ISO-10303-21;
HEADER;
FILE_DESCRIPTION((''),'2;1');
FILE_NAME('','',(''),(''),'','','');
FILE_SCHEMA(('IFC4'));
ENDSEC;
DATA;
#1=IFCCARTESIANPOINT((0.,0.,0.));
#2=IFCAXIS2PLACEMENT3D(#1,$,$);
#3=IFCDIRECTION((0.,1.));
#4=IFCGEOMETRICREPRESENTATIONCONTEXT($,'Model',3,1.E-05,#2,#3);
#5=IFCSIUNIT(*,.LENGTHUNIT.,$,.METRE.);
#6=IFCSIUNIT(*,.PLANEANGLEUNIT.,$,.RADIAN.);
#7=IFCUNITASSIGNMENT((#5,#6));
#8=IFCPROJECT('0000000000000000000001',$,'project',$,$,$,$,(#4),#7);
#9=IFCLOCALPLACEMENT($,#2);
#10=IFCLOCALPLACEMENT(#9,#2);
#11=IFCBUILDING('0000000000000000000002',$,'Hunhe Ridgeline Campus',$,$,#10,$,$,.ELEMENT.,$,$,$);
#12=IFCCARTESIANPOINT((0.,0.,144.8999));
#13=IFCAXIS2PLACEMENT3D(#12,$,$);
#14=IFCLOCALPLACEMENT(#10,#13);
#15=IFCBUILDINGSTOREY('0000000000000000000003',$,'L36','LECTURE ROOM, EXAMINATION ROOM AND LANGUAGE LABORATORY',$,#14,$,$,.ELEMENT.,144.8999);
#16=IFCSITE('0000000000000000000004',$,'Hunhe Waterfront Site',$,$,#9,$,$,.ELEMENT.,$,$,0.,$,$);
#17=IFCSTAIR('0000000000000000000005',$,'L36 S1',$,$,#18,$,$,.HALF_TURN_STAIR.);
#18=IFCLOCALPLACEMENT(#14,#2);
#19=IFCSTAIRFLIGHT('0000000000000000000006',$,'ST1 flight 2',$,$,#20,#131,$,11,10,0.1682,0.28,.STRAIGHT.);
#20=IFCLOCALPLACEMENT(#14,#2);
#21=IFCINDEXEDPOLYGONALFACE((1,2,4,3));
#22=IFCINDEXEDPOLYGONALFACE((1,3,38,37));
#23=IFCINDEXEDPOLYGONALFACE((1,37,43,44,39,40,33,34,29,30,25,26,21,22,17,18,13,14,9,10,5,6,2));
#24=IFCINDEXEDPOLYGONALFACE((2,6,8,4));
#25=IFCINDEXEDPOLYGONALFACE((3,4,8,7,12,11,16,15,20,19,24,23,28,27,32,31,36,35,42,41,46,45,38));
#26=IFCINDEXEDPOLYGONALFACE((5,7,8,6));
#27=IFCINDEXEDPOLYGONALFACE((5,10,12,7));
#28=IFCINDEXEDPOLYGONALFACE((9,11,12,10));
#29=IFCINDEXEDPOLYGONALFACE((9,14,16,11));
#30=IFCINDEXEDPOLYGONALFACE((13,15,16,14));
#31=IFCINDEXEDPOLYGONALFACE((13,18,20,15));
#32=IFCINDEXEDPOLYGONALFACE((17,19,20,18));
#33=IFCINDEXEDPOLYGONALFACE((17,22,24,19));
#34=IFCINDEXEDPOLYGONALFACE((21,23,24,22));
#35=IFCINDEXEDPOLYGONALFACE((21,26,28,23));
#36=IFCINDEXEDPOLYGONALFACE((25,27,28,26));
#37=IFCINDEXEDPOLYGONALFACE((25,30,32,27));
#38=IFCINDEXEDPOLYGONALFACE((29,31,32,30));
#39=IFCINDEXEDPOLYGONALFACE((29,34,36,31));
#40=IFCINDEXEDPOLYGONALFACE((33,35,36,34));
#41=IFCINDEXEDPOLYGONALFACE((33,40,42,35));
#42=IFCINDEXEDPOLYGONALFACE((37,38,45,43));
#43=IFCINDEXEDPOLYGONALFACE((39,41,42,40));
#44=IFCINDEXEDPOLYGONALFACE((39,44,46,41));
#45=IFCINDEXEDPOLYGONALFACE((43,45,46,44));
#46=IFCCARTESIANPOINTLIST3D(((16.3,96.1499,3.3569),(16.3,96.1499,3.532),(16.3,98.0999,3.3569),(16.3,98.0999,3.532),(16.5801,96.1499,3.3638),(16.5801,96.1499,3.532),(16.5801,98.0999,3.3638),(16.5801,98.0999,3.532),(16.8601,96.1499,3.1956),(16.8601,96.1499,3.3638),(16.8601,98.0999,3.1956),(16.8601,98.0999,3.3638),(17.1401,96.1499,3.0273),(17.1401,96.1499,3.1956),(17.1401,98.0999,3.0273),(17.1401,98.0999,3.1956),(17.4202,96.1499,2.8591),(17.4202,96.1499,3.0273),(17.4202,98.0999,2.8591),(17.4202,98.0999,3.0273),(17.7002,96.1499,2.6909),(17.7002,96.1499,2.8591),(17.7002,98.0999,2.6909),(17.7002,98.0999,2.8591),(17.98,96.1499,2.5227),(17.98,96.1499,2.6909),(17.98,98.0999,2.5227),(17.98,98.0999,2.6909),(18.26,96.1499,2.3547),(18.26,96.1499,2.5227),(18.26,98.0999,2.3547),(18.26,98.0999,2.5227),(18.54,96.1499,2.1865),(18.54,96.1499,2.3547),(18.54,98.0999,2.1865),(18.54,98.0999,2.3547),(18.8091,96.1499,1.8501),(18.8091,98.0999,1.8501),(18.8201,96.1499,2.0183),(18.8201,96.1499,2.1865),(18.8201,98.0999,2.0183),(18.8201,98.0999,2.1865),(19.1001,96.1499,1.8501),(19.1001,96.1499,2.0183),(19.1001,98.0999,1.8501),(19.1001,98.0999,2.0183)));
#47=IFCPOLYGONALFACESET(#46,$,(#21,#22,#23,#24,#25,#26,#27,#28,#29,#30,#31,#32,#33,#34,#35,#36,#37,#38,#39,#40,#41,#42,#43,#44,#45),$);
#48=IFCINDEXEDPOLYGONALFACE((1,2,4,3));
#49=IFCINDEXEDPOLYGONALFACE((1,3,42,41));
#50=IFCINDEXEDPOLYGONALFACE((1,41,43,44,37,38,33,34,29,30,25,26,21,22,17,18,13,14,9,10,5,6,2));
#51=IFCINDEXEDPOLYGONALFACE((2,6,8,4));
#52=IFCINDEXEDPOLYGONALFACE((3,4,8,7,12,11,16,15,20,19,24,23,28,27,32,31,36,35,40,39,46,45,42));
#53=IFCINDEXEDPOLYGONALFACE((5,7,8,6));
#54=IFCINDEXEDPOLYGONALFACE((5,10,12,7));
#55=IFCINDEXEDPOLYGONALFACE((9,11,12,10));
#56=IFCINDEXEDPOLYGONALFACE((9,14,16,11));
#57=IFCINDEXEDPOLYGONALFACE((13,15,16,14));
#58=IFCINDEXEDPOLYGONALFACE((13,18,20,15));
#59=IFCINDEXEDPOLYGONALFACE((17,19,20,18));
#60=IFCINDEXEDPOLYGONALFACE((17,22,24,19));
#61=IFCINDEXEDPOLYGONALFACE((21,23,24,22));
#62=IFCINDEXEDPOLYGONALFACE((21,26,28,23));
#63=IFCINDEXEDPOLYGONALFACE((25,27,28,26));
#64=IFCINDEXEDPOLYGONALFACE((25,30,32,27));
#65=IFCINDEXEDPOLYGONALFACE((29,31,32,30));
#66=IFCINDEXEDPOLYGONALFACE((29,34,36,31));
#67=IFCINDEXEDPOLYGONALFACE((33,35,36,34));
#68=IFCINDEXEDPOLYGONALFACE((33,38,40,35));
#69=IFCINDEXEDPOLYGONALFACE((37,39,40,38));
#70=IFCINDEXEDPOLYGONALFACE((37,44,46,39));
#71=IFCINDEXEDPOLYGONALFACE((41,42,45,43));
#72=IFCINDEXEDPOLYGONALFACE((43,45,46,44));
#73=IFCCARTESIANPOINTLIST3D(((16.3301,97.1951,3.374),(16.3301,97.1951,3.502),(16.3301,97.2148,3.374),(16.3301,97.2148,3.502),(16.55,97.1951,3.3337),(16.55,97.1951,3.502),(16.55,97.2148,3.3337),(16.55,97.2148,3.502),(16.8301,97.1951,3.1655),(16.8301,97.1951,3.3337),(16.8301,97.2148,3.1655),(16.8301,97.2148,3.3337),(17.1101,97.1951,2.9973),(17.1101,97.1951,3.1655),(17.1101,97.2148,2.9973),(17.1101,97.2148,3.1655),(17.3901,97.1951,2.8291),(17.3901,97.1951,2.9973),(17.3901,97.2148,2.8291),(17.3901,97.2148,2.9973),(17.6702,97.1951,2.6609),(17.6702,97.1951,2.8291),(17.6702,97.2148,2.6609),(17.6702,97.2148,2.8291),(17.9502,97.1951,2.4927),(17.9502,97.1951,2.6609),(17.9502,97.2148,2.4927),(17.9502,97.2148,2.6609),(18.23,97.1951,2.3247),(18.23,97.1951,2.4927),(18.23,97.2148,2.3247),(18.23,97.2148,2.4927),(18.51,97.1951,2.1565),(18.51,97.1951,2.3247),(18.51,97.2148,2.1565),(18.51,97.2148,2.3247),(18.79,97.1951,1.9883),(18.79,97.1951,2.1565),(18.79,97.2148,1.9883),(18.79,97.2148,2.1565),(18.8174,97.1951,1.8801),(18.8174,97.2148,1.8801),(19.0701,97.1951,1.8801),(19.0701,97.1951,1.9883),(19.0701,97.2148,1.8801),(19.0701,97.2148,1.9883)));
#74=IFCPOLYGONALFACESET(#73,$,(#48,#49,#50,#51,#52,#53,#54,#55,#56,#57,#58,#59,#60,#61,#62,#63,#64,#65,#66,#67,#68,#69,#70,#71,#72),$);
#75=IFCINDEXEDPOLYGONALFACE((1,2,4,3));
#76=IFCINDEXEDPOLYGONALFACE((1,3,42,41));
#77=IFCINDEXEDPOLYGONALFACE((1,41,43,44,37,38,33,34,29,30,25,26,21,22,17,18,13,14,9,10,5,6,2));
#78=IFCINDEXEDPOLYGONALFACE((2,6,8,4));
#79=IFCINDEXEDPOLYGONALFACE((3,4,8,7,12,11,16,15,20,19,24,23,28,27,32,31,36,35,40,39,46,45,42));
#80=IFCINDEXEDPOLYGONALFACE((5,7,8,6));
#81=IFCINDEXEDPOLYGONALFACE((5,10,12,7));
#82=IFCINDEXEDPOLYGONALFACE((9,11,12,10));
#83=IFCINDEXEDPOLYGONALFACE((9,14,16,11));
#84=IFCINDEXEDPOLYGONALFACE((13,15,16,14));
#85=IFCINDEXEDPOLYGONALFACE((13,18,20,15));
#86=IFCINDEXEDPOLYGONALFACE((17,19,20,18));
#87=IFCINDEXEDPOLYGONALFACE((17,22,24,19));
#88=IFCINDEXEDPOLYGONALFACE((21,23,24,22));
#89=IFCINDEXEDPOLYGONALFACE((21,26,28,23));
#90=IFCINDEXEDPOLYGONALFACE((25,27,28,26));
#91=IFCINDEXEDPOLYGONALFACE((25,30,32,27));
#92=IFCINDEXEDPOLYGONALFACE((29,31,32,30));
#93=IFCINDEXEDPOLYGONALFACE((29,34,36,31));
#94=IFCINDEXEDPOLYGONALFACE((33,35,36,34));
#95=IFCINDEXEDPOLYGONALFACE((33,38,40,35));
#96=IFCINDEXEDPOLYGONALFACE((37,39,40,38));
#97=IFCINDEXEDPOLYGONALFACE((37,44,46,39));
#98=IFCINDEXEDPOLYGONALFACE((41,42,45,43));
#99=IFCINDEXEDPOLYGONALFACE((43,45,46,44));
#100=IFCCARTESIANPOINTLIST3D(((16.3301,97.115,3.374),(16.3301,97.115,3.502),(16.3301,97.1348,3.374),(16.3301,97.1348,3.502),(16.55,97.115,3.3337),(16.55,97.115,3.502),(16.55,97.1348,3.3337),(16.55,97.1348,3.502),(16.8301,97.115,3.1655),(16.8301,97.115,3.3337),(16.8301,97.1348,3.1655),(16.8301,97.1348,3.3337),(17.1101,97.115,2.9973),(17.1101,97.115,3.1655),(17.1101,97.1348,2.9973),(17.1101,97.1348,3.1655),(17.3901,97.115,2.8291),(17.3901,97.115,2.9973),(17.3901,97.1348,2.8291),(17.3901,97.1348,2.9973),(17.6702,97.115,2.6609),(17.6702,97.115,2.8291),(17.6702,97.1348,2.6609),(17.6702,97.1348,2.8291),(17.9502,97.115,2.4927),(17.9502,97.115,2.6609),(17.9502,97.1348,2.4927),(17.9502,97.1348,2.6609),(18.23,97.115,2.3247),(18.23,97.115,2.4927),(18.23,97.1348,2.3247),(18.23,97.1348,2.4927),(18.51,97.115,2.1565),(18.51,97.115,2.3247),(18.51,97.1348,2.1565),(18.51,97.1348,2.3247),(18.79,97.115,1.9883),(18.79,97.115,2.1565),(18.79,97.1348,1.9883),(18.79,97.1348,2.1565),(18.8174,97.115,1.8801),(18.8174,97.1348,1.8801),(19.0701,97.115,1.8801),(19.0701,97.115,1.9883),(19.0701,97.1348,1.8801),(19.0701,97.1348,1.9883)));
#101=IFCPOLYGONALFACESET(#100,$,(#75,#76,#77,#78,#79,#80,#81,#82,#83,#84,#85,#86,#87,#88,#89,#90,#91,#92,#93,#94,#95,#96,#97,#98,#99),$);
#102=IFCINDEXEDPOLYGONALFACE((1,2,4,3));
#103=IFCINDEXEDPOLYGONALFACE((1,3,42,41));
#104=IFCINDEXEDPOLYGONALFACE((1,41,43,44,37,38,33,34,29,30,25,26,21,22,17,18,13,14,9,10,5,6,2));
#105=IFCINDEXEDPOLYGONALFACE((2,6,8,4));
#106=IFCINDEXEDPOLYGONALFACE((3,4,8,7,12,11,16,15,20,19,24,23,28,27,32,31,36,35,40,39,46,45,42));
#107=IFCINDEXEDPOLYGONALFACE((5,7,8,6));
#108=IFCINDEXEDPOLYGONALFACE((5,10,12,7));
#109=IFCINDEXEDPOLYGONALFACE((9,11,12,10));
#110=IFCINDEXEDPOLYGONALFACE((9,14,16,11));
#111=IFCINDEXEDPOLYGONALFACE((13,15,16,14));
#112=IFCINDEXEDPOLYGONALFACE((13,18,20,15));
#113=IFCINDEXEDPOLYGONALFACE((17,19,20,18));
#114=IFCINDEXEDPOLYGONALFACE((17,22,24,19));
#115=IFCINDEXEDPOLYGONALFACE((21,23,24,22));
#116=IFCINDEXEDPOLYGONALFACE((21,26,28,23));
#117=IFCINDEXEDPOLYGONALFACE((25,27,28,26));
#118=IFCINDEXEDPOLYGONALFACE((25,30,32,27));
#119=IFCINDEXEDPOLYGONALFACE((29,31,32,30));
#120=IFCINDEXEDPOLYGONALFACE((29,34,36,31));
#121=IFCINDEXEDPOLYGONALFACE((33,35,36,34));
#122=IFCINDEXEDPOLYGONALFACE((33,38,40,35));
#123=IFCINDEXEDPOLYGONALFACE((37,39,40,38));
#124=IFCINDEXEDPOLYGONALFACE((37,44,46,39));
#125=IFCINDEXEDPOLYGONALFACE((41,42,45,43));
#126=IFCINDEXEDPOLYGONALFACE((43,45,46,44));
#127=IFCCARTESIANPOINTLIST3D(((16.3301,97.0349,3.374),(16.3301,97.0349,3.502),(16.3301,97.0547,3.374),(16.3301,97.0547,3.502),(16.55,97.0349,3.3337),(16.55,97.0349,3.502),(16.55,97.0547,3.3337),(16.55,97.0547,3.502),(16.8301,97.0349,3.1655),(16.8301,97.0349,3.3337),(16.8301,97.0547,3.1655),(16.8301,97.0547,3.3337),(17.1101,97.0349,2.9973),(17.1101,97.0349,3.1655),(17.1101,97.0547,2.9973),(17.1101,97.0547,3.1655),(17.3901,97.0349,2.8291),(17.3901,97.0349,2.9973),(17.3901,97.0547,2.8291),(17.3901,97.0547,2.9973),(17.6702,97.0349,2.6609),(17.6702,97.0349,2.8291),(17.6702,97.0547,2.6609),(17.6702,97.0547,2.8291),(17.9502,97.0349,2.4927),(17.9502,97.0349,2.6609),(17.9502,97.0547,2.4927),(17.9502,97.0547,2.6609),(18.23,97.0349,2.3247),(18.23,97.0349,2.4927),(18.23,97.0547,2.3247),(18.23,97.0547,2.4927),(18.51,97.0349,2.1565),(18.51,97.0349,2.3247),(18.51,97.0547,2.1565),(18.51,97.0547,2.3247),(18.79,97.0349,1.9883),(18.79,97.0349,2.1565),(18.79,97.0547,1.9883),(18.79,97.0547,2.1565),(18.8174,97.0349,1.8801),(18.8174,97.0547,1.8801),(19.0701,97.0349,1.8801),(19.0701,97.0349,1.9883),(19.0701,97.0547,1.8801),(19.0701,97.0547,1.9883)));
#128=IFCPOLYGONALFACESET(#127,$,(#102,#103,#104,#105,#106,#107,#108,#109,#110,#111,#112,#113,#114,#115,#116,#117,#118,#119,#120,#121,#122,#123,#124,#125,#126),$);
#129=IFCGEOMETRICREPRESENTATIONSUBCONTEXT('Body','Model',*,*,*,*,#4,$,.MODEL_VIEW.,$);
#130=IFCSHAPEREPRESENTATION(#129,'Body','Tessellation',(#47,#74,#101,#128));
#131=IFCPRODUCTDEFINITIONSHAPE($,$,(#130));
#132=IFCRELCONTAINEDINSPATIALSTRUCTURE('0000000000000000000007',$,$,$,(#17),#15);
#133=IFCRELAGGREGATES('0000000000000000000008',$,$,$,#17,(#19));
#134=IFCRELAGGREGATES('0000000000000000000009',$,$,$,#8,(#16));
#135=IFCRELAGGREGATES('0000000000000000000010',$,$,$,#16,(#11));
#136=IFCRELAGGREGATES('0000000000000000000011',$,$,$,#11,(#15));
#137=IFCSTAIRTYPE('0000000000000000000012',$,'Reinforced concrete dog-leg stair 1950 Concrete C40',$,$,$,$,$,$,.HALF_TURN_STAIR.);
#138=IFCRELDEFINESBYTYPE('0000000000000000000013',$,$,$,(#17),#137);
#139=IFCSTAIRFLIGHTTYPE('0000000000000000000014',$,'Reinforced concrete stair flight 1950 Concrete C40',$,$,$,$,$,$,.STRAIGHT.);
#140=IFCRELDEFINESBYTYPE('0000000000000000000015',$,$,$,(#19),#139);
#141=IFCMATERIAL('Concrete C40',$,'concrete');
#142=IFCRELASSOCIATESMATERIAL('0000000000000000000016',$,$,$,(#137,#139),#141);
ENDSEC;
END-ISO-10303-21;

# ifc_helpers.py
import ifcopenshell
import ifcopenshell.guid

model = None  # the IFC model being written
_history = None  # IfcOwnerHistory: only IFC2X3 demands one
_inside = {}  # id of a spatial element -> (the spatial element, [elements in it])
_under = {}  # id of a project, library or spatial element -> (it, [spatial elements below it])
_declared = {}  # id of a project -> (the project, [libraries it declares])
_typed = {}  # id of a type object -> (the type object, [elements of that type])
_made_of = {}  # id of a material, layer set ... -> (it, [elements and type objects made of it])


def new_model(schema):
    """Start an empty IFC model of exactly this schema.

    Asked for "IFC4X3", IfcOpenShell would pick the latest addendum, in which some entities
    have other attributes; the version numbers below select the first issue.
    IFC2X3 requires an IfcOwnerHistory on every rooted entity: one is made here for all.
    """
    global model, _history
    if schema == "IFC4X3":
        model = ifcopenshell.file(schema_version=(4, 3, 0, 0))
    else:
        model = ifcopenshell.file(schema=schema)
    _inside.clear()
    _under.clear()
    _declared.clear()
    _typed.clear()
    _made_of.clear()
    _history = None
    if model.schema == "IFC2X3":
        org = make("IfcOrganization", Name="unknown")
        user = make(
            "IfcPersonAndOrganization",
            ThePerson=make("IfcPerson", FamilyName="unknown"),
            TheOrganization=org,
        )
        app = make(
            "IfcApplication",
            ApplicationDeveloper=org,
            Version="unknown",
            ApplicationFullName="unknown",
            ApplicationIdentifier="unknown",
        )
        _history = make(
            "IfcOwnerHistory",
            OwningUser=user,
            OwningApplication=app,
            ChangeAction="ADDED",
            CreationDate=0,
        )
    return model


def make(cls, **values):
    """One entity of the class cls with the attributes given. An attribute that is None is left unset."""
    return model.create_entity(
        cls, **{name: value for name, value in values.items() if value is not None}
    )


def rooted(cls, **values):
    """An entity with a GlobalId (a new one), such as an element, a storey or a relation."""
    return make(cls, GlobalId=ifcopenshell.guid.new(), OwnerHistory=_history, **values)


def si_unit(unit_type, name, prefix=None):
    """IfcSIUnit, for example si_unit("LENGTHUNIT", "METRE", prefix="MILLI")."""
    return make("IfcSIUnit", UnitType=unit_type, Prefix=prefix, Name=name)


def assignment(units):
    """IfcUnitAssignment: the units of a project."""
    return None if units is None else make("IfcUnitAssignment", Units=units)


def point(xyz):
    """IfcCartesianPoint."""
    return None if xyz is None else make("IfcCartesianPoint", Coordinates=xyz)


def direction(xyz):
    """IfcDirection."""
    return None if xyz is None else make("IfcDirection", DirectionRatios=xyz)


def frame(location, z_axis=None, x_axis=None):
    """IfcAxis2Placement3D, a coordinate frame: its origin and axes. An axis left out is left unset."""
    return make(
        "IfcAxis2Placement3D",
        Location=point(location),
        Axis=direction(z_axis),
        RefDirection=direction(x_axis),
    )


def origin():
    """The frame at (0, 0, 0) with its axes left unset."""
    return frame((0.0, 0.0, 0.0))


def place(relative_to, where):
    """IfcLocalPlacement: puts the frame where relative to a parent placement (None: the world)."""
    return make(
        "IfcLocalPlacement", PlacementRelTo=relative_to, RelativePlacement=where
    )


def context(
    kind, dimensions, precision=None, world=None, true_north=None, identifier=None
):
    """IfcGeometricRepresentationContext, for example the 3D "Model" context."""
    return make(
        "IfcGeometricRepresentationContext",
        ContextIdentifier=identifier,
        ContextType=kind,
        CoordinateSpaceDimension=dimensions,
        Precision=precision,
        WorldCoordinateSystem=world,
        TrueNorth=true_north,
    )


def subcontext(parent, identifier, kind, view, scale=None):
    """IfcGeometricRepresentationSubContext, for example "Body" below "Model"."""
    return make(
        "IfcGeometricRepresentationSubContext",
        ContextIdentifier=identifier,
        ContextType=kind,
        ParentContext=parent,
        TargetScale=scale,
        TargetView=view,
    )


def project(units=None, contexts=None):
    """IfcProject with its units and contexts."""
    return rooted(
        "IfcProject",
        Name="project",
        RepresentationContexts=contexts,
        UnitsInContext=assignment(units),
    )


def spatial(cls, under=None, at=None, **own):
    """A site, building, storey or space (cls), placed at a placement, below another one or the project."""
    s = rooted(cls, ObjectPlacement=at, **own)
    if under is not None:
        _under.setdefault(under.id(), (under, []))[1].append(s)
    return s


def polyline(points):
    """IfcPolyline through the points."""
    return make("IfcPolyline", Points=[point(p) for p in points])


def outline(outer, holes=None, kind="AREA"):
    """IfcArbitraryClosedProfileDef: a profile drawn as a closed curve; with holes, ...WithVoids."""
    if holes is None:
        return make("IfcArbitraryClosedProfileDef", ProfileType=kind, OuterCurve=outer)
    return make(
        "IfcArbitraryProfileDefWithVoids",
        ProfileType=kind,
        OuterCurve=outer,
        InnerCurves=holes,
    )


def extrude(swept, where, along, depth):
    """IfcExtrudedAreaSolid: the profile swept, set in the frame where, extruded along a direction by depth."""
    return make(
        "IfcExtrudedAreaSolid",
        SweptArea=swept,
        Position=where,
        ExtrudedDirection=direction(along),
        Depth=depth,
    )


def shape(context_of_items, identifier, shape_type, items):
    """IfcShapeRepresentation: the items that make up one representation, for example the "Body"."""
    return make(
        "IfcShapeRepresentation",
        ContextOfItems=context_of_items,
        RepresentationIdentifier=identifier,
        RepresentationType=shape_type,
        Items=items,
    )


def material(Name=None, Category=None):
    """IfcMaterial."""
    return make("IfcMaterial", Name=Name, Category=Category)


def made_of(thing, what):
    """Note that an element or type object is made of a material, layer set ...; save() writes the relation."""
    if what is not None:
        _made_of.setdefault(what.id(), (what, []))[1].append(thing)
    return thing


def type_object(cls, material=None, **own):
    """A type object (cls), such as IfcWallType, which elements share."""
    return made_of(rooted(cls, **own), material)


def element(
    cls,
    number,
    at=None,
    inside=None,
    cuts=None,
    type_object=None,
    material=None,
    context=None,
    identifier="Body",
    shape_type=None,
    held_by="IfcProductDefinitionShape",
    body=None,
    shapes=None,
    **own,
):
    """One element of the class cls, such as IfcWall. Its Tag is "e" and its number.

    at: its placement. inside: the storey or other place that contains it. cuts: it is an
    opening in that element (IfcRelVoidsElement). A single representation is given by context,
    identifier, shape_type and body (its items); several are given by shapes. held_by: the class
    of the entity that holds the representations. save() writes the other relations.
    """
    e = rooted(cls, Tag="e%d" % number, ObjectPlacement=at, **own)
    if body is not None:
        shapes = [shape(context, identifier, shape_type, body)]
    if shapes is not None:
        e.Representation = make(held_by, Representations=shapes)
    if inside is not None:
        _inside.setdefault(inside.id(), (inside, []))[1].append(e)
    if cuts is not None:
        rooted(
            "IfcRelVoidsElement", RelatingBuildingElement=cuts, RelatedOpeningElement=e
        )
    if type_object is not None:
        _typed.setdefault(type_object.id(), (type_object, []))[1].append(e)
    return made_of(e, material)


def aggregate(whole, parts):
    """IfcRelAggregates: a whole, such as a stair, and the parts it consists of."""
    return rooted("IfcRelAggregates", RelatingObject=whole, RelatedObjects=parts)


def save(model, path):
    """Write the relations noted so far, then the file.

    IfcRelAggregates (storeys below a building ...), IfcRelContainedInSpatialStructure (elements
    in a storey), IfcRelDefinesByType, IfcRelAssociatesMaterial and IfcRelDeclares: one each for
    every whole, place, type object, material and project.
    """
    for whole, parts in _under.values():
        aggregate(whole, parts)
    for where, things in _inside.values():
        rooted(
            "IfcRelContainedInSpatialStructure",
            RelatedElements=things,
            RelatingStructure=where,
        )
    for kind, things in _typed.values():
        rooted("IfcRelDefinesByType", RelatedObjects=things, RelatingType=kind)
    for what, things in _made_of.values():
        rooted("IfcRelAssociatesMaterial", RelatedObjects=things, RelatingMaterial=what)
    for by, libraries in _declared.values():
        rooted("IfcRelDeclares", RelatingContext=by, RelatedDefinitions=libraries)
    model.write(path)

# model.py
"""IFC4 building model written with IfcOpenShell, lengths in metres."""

from ifc_helpers import new_model, si_unit, direction, frame, origin, place, context, subcontext, project, spatial, polyline, outline, extrude, material, type_object, element, aggregate, save


model = new_model("IFC4")

# Units and contexts
model_context = context("Model", 3, precision=1e-05, world=origin(), true_north=direction((0.0, 1.0)))
body_context = subcontext(model_context, "Body", "Model", "MODEL_VIEW")
ifc_project = project(units=[si_unit("LENGTHUNIT", "METRE"), si_unit("PLANEANGLEUNIT", "RADIAN")], contexts=[model_context])

# Site, building, storey
site_placement = place(None, origin())
site = spatial("IfcSite", under=ifc_project, at=site_placement, Name="Hunhe Waterfront Site", CompositionType="ELEMENT", RefElevation=0.0)
building_placement = place(site_placement, origin())
building = spatial("IfcBuilding", under=site, at=building_placement, Name="Hunhe Ridgeline Campus", CompositionType="ELEMENT")
storey_placement = place(building_placement, frame((0.0, 0.0, 144.8999)))
storey = spatial("IfcBuildingStorey", under=building, at=storey_placement, Name="L36", Description="LECTURE ROOM, EXAMINATION ROOM AND LANGUAGE LABORATORY", CompositionType="ELEMENT", Elevation=144.8999)

# Stair, stair flight
ifc_material_1 = material(Name="Concrete C40", Category="concrete")
stair_type = type_object("IfcStairType", Name="Reinforced concrete dog-leg stair 1950 Concrete C40", PredefinedType="HALF_TURN_STAIR", material=ifc_material_1)
stair_1_placement = place(storey_placement, origin())
stair_1 = element("IfcStair", 1, at=stair_1_placement, inside=storey, type_object=stair_type, Name="L36 S1", PredefinedType="HALF_TURN_STAIR")
stair_flight_type = type_object("IfcStairFlightType", Name="Reinforced concrete stair flight 1950 Concrete C40", PredefinedType="STRAIGHT", material=ifc_material_1)
stair_flight_1_placement = place(storey_placement, frame((19.1001, 97.125, 1.8501), z_axis=(0.0, 0.0, 1.0), x_axis=(-1.0, 0.0, 0.0)))
stair_flight_1 = element("IfcStairFlight", 2, at=stair_flight_1_placement, type_object=stair_flight_type, Name="ST1 flight 2", NumberOfRisers=11, NumberOfTreads=10, PredefinedType="STRAIGHT", RiserHeight=0.1682, TreadLength=0.28, context=body_context, shape_type="SweptSolid", body=[
    extrude(outline(polyline([(0.0, 0.0), (0.0, 0.1682), (0.28, 0.1682), (0.28, 0.3364), (0.5601, 0.3364), (0.5601, 0.5046), (0.8401, 0.5046), (0.8401, 0.6726), (1.1201, 0.6726), (1.1201, 0.8408), (1.3999, 0.8408), (1.3999, 1.009), (1.6799, 1.009), (1.6799, 1.1772), (1.96, 1.1772), (1.96, 1.3455), (2.24, 1.3455), (2.24, 1.5137), (2.52, 1.5137), (2.52, 1.6819), (2.8, 1.6819), (2.8, 1.8501), (2.8, 1.5068), (0.291, 0.0), (0.0, 0.0)])), frame((0.0, 0.9751, 0.0), z_axis=(0.0, -1.0, 0.0), x_axis=(1.0, 0.0, 0.0)), (0.0, 0.0, 1.0), 1.95),
    extrude(outline(polyline([(0.03, 0.03), (0.03, 0.1382), (0.3101, 0.1382), (0.3101, 0.3064), (0.5901, 0.3064), (0.5901, 0.4746), (0.8701, 0.4746), (0.8701, 0.6426), (1.1499, 0.6426), (1.1499, 0.8108), (1.4299, 0.8108), (1.4299, 0.979), (1.71, 0.979), (1.71, 1.1472), (1.99, 1.1472), (1.99, 1.3154), (2.27, 1.3154), (2.27, 1.4836), (2.55, 1.4836), (2.55, 1.6519), (2.77, 1.6519), (2.77, 1.5239), (0.2827, 0.03), (0.03, 0.03)])), frame((0.0, -0.0701, 0.0), z_axis=(0.0, -1.0, 0.0), x_axis=(1.0, 0.0, 0.0)), (0.0, 0.0, 1.0), 0.0198),
    extrude(outline(polyline([(0.03, 0.03), (0.03, 0.1382), (0.3101, 0.1382), (0.3101, 0.3064), (0.5901, 0.3064), (0.5901, 0.4746), (0.8701, 0.4746), (0.8701, 0.6426), (1.1499, 0.6426), (1.1499, 0.8108), (1.4299, 0.8108), (1.4299, 0.979), (1.71, 0.979), (1.71, 1.1472), (1.99, 1.1472), (1.99, 1.3154), (2.27, 1.3154), (2.27, 1.4836), (2.55, 1.4836), (2.55, 1.6519), (2.77, 1.6519), (2.77, 1.5239), (0.2827, 0.03), (0.03, 0.03)])), frame((0.0, 0.01, 0.0), z_axis=(0.0, -1.0, 0.0), x_axis=(1.0, 0.0, 0.0)), (0.0, 0.0, 1.0), 0.0198),
    extrude(outline(polyline([(0.03, 0.03), (0.03, 0.1382), (0.3101, 0.1382), (0.3101, 0.3064), (0.5901, 0.3064), (0.5901, 0.4746), (0.8701, 0.4746), (0.8701, 0.6426), (1.1499, 0.6426), (1.1499, 0.8108), (1.4299, 0.8108), (1.4299, 0.979), (1.71, 0.979), (1.71, 1.1472), (1.99, 1.1472), (1.99, 1.3154), (2.27, 1.3154), (2.27, 1.4836), (2.55, 1.4836), (2.55, 1.6519), (2.77, 1.6519), (2.77, 1.5239), (0.2827, 0.03), (0.03, 0.03)])), frame((0.0, 0.0901, 0.0), z_axis=(0.0, -1.0, 0.0), x_axis=(1.0, 0.0, 0.0)), (0.0, 0.0, 1.0), 0.0198),
])
aggregate(stair_1, [stair_flight_1])

save(model, "model.ifc")
